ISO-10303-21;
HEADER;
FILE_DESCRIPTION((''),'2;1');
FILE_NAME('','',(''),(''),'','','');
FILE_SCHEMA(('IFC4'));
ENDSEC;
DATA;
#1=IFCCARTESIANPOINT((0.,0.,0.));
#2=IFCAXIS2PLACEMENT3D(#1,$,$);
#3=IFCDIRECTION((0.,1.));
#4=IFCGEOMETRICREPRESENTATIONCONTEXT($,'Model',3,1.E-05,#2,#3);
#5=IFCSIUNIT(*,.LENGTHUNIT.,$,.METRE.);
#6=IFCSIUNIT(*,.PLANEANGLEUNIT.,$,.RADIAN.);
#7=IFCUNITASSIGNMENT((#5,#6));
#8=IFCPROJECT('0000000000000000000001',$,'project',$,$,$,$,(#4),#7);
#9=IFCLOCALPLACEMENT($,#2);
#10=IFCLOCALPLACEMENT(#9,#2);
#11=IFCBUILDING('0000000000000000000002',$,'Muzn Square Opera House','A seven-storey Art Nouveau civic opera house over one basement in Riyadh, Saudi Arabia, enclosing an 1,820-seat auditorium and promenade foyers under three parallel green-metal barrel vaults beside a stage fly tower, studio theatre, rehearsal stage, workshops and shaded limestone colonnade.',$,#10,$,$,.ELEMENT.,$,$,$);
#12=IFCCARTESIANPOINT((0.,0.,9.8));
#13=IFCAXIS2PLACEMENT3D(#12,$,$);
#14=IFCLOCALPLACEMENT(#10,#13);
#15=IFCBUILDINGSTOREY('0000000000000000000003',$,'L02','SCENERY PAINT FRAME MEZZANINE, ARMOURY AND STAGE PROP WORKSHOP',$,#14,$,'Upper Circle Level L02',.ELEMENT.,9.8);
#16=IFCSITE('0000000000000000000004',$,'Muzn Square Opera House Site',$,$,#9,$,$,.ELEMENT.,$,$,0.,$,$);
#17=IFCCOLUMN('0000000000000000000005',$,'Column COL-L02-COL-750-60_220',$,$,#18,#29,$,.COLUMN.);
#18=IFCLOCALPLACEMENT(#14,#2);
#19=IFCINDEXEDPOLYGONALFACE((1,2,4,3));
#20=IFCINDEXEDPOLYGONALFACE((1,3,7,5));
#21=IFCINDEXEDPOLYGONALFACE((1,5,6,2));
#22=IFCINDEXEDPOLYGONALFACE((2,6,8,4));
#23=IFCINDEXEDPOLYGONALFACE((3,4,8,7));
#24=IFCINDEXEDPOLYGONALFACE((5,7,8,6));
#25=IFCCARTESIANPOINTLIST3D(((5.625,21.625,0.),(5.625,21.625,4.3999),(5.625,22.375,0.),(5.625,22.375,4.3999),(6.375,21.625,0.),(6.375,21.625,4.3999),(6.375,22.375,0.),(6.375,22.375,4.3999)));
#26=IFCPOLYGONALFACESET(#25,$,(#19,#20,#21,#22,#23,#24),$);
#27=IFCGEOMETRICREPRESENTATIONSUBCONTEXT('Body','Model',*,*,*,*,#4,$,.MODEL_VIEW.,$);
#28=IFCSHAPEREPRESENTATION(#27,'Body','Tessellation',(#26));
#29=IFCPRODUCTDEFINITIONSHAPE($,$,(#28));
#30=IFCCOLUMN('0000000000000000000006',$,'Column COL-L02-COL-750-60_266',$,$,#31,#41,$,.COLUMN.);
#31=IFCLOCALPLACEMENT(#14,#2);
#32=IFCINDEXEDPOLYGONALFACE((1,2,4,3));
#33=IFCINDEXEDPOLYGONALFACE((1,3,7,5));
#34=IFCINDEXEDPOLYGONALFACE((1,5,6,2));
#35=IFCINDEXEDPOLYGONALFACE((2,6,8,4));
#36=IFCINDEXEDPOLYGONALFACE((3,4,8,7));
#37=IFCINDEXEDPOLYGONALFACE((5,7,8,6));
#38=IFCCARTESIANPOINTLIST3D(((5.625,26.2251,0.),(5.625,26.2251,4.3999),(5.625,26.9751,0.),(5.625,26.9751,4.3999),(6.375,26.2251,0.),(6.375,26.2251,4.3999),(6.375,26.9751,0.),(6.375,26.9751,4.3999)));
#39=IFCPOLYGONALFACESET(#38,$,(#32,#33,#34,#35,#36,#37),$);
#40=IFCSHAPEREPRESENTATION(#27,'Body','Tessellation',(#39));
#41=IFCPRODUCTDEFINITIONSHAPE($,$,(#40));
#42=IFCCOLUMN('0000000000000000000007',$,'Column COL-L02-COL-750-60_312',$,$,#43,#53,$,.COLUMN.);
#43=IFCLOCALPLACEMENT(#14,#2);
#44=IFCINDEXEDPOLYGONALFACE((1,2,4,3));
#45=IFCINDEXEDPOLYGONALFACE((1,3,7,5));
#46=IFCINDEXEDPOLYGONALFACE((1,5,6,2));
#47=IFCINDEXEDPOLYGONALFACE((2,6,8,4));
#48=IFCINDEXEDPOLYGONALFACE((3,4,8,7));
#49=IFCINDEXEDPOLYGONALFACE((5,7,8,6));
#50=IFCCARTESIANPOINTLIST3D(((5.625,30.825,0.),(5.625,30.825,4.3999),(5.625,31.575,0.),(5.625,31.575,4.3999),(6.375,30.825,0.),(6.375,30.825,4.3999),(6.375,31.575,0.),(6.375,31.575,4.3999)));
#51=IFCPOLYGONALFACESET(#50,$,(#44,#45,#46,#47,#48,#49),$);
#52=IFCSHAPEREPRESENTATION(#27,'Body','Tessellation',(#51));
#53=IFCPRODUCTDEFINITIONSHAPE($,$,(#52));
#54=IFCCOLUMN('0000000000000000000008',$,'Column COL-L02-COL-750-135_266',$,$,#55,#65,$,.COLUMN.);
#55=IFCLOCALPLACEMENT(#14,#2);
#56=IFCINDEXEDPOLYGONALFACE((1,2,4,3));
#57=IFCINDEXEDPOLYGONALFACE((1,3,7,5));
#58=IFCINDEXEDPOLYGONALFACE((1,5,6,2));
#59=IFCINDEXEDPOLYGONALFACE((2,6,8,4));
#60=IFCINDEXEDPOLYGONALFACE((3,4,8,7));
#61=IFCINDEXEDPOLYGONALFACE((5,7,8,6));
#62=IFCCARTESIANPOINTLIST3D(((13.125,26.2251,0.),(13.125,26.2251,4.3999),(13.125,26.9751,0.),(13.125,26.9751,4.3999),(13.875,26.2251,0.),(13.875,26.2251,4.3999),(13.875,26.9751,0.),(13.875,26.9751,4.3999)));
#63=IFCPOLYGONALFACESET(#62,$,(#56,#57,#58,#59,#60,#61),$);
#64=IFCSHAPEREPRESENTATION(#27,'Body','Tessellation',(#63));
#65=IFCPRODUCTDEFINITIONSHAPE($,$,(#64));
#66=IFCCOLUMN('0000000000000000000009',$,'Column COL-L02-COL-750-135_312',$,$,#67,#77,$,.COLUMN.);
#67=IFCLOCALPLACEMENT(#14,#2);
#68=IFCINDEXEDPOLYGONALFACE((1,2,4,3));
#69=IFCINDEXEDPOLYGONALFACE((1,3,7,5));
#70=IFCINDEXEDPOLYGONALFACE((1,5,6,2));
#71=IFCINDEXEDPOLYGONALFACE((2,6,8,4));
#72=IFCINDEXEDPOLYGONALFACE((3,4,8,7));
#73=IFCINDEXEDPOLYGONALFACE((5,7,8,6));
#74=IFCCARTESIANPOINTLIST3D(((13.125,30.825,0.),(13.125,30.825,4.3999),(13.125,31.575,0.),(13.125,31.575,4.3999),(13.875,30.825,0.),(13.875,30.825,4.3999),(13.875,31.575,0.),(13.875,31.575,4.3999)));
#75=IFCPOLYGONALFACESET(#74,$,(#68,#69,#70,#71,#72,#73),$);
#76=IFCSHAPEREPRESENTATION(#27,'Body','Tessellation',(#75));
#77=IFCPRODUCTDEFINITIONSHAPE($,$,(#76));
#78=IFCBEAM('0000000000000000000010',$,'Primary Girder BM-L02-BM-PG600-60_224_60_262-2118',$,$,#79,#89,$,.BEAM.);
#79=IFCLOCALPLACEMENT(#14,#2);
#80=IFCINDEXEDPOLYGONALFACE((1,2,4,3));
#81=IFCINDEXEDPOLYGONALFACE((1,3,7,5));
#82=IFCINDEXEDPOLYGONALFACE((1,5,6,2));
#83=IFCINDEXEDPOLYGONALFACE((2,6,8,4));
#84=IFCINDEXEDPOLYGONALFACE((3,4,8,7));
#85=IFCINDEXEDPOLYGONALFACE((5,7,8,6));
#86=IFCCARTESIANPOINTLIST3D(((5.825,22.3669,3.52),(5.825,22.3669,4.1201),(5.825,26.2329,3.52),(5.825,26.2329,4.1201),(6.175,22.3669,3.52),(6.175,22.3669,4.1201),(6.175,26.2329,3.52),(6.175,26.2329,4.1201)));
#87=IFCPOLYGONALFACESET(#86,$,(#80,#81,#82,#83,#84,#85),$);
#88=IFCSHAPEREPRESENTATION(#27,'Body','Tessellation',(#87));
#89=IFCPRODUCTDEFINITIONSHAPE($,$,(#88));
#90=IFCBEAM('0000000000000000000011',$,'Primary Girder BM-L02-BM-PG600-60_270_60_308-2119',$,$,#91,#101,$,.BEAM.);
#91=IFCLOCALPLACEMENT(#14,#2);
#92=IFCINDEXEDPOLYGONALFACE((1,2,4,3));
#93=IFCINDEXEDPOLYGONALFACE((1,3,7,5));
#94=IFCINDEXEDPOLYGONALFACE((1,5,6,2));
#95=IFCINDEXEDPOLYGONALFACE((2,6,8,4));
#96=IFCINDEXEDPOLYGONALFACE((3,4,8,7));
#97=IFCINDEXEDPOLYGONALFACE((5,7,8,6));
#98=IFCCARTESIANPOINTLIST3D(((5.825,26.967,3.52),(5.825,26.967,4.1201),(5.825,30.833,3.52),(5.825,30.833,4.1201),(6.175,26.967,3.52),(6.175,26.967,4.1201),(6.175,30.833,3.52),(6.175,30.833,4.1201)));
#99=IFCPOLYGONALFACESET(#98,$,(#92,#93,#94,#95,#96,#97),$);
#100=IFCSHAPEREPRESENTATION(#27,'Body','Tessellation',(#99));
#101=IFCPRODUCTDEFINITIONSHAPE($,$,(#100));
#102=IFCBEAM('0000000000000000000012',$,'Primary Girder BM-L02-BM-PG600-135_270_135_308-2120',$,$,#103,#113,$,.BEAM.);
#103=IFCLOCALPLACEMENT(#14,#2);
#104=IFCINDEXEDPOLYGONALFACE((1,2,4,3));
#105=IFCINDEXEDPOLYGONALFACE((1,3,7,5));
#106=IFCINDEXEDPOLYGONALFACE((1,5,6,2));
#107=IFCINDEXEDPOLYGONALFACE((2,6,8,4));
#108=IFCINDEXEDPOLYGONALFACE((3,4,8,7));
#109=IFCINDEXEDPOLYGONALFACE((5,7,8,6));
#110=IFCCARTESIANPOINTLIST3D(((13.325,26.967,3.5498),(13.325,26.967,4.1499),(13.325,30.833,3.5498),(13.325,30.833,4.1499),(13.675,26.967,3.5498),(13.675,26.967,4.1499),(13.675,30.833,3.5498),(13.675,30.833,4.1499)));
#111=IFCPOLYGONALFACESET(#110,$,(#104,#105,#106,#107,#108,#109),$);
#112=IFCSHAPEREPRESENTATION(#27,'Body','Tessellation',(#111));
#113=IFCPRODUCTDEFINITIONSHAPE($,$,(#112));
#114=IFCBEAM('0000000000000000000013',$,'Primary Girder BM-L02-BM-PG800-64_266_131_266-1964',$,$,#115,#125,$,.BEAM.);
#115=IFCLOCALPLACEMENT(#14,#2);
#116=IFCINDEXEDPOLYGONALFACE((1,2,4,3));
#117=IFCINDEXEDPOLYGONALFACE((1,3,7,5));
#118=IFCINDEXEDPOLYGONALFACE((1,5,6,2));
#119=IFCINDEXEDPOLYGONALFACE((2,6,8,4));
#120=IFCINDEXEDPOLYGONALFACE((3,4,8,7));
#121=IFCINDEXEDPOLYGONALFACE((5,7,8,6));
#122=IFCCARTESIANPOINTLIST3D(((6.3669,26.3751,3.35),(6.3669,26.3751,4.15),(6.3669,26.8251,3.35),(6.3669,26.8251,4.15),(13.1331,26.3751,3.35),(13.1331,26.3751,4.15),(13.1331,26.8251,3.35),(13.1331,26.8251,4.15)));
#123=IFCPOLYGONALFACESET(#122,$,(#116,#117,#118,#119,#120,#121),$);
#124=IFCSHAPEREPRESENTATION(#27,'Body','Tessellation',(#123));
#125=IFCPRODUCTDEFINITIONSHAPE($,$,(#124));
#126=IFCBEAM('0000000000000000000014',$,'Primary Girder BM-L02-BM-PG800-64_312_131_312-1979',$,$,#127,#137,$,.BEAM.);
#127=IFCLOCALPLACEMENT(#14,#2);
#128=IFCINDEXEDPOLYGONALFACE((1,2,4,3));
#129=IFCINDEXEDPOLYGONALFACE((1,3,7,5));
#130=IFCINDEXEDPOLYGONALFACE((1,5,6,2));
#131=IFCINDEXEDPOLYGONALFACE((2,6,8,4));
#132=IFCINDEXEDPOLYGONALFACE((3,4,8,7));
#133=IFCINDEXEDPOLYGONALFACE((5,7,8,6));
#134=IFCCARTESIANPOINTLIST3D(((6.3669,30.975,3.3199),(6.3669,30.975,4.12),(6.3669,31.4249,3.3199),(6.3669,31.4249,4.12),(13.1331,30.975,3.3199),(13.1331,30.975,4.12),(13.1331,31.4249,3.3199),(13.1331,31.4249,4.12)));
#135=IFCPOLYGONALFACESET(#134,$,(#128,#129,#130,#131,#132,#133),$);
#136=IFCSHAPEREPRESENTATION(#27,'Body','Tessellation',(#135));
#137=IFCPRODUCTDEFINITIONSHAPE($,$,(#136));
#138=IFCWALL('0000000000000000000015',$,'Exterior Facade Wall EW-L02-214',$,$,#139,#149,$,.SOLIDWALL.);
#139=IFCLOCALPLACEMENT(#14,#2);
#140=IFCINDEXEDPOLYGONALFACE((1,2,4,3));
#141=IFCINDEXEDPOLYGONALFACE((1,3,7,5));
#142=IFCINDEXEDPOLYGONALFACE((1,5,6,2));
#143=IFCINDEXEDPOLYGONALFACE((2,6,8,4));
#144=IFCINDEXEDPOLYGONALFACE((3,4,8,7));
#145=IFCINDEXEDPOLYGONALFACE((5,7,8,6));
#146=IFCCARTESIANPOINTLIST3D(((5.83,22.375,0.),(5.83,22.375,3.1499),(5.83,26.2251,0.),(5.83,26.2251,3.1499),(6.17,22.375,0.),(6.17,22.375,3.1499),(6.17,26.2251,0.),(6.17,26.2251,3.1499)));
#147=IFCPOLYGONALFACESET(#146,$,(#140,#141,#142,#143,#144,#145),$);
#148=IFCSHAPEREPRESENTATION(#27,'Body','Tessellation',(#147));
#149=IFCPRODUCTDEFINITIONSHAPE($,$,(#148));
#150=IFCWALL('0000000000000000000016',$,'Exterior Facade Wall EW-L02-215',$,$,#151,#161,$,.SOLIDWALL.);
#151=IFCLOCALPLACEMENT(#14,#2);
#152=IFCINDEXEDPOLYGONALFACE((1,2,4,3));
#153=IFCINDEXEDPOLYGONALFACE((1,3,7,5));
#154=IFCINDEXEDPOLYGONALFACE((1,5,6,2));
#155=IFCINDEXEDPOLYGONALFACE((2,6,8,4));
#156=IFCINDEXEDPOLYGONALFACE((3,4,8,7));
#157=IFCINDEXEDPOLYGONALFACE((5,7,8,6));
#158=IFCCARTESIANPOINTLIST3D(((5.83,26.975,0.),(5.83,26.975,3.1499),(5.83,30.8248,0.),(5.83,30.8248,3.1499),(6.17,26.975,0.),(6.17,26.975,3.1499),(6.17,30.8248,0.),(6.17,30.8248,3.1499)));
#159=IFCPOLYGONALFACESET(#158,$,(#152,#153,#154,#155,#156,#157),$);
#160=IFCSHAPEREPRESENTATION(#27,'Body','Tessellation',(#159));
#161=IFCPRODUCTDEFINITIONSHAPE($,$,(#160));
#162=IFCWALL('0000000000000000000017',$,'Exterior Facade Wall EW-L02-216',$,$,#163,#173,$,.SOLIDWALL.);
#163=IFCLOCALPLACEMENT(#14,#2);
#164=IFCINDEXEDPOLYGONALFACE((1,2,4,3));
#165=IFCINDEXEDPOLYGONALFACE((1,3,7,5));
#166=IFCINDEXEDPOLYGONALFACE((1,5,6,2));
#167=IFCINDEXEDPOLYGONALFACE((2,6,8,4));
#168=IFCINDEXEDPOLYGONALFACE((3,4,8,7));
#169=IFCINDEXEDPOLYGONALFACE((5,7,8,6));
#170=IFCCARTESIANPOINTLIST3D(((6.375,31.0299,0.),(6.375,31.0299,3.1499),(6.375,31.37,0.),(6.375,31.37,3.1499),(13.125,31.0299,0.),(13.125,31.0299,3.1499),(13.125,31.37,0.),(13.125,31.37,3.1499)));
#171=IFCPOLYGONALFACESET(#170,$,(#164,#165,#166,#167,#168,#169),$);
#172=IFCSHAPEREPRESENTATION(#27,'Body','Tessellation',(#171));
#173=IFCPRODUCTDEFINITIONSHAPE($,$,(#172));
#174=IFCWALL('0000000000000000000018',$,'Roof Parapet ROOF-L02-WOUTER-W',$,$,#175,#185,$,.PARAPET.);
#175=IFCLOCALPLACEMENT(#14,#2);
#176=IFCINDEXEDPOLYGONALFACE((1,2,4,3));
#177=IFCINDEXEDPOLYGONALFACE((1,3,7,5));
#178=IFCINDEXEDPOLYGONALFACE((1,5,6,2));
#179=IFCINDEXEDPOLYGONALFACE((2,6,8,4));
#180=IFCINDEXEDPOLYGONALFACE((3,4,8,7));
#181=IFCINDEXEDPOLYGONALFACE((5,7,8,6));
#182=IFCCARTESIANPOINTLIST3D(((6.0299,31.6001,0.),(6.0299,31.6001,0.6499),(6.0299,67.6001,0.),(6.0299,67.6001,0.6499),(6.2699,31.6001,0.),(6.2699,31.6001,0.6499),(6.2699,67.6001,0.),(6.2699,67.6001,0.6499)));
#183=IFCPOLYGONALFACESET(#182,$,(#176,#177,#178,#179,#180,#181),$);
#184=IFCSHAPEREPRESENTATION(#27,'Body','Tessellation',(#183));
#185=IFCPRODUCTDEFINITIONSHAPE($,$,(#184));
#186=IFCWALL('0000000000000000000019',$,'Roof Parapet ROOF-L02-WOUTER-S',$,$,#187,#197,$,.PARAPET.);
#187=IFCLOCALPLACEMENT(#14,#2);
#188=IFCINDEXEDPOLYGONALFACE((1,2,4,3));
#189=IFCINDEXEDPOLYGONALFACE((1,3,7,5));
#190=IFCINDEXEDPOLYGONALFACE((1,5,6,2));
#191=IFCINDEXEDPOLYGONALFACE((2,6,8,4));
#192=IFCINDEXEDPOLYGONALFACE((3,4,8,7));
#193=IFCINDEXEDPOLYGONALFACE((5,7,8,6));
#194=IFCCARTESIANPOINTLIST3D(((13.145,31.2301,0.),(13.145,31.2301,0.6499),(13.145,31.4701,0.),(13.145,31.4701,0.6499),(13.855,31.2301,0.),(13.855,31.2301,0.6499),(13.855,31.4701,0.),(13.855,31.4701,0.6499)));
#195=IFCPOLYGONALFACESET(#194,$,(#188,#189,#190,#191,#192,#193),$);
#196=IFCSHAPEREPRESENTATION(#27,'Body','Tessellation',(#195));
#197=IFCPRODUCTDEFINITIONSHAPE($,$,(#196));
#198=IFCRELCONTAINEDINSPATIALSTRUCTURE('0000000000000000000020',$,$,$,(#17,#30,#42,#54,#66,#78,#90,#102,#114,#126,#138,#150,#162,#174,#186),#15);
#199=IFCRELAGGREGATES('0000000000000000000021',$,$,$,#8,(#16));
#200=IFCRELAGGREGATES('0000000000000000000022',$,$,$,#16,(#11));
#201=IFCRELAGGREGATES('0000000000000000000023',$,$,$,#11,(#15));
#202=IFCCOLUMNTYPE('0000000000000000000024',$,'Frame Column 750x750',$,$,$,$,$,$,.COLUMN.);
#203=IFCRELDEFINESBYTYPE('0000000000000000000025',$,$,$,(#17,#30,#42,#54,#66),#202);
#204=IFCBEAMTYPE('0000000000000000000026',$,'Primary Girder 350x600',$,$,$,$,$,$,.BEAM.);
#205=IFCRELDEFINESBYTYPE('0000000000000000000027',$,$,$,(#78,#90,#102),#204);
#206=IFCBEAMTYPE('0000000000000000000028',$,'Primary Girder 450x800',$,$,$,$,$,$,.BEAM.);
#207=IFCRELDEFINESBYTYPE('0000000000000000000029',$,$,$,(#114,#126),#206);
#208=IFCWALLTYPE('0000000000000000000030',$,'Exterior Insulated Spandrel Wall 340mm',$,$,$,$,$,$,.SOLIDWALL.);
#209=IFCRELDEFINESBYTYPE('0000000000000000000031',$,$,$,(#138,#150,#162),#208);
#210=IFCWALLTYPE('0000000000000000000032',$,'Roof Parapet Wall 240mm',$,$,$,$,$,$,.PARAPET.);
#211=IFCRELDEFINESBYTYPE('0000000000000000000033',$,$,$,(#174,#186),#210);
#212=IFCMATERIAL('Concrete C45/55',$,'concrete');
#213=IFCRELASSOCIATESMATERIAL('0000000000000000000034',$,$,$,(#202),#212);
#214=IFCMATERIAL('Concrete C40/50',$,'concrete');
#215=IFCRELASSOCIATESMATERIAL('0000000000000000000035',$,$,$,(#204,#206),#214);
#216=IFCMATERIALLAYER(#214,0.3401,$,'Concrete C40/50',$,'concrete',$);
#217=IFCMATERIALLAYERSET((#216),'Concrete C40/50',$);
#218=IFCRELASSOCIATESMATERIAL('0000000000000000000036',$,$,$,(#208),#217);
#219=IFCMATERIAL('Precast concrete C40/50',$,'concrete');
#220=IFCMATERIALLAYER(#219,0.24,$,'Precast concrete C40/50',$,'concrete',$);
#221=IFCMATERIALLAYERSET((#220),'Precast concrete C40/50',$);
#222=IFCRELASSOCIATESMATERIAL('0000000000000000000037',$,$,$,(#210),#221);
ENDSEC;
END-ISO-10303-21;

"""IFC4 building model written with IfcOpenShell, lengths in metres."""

from ifc_helpers import new_model, si_unit, direction, frame, frame_2d, origin, origin_2d, place, context, subcontext, project, spatial, rectangle, extrude, material, layer, layer_set, material_profile, profile_set, type_object, element, save


model = new_model("IFC4")

# Units and contexts
model_context = context("Model", 3, precision=1e-05, world=origin(), true_north=direction((0.0, 1.0)))
body_context = subcontext(model_context, "Body", "Model", "MODEL_VIEW")
ifc_project = project(units=[si_unit("LENGTHUNIT", "METRE"), si_unit("PLANEANGLEUNIT", "RADIAN")], contexts=[model_context])

# Site, building, storey
site_placement = place(None, origin())
site = spatial("IfcSite", under=ifc_project, at=site_placement, Name="Muzn Square Opera House Site", CompositionType="ELEMENT", RefElevation=0.0)
building_placement = place(site_placement, origin())
building = spatial("IfcBuilding", under=site, at=building_placement, Name="Muzn Square Opera House", Description="A seven-storey Art Nouveau civic opera house over one basement in Riyadh, Saudi Arabia, enclosing an 1,820-seat auditorium and promenade foyers under three parallel green-metal barrel vaults beside a stage fly tower, studio theatre, rehearsal stage, workshops and shaded limestone colonnade.", CompositionType="ELEMENT")
storey_placement = place(building_placement, frame((0.0, 0.0, 9.8)))
storey = spatial("IfcBuildingStorey", under=building, at=storey_placement, Name="L02", Description="SCENERY PAINT FRAME MEZZANINE, ARMOURY AND STAGE PROP WORKSHOP", LongName="Upper Circle Level L02", CompositionType="ELEMENT", Elevation=9.8)

# Columns
ifc_material_1 = material(Name="Concrete C45/55", Category="concrete")
ifc_material_profile_1 = material_profile(ifc_material_1, rectangle(XDim=0.75, YDim=0.75, at=origin_2d()), Name="RC 750x750", Category="concrete")
ifc_profile_set_1 = profile_set([ifc_material_profile_1], Name="Concrete C45/55")
column_type = type_object("IfcColumnType", Name="Frame Column 750x750", PredefinedType="COLUMN", material=ifc_profile_set_1)
for number, where, z_axis, x_axis, name in (
    (1, (6.0, 22.0, 0.0), (0.0, 0.0, 1.0), (1.0, 0.0, 0.0), "Column COL-L02-COL-750-60_220"),
    (2, (6.0, 26.6001, 0.0), (0.0, 0.0, 1.0), (1.0, 0.0, 0.0), "Column COL-L02-COL-750-60_266"),
    (3, (6.0, 31.2, 0.0), (0.0, 0.0, 1.0), (1.0, 0.0, 0.0), "Column COL-L02-COL-750-60_312"),
    (4, (13.5, 26.6001, 0.0), (0.0, 0.0, 1.0), (1.0, 0.0, 0.0), "Column COL-L02-COL-750-135_266"),
    (5, (13.5, 31.2, 0.0), (0.0, 0.0, 1.0), (1.0, 0.0, 0.0), "Column COL-L02-COL-750-135_312"),
):
    element("IfcColumn", number, at=place(storey_placement, frame(where, z_axis=z_axis, x_axis=x_axis)), inside=storey, type_object=column_type, Name=name, PredefinedType="COLUMN", context=body_context, shape_type="SweptSolid", body=[
        extrude(rectangle(XDim=0.75, YDim=0.75, at=origin_2d()), origin(), (0.0, 0.0, 1.0), 4.3999),
    ])

# Beams
ifc_material_2 = material(Name="Concrete C40/50", Category="concrete")
ifc_material_profile_2 = material_profile(ifc_material_2, rectangle(XDim=0.3501, YDim=0.6001, at=origin_2d()), Name="RCB 350x600", Category="concrete")
ifc_profile_set_2 = profile_set([ifc_material_profile_2], Name="Concrete C40/50")
beam_type_1 = type_object("IfcBeamType", Name="Primary Girder 350x600", PredefinedType="BEAM", material=ifc_profile_set_2)
for number, where, z_axis, x_axis, name in (
    (6, (6.0, 22.3669, 3.8201), (0.0, 1.0, 0.0), (-1.0, 0.0, 0.0), "Primary Girder BM-L02-BM-PG600-60_224_60_262-2118"),
    (7, (6.0, 26.967, 3.8201), (0.0, 1.0, 0.0), (-1.0, 0.0, 0.0), "Primary Girder BM-L02-BM-PG600-60_270_60_308-2119"),
    (8, (13.5, 26.967, 3.8499), (0.0, 1.0, 0.0), (-1.0, 0.0, 0.0), "Primary Girder BM-L02-BM-PG600-135_270_135_308-2120"),
):
    element("IfcBeam", number, at=place(storey_placement, frame(where, z_axis=z_axis, x_axis=x_axis)), inside=storey, type_object=beam_type_1, Name=name, PredefinedType="BEAM", context=body_context, shape_type="SweptSolid", body=[
        extrude(rectangle(XDim=0.3501, YDim=0.6001, at=origin_2d()), origin(), (0.0, 0.0, 1.0), 3.866),
    ])
ifc_material_profile_3 = material_profile(ifc_material_2, rectangle(XDim=0.45, YDim=0.8, at=origin_2d()), Name="RCB 450x800", Category="concrete")
ifc_profile_set_3 = profile_set([ifc_material_profile_3], Name="Concrete C40/50")
beam_type_2 = type_object("IfcBeamType", Name="Primary Girder 450x800", PredefinedType="BEAM", material=ifc_profile_set_3)
for number, where, z_axis, x_axis, name in (
    (9, (6.3669, 26.6001, 3.75), (1.0, 0.0, 0.0), (0.0, 1.0, 0.0), "Primary Girder BM-L02-BM-PG800-64_266_131_266-1964"),
    (10, (6.3669, 31.2, 3.72), (1.0, 0.0, 0.0), (0.0, 1.0, 0.0), "Primary Girder BM-L02-BM-PG800-64_312_131_312-1979"),
):
    element("IfcBeam", number, at=place(storey_placement, frame(where, z_axis=z_axis, x_axis=x_axis)), inside=storey, type_object=beam_type_2, Name=name, PredefinedType="BEAM", context=body_context, shape_type="SweptSolid", body=[
        extrude(rectangle(XDim=0.45, YDim=0.8, at=origin_2d()), origin(), (0.0, 0.0, 1.0), 6.7661),
    ])

# Walls
ifc_layer_1 = layer(ifc_material_2, 0.3401, Name="Concrete C40/50", Category="concrete")
ifc_layer_set_1 = layer_set([ifc_layer_1], Name="Concrete C40/50")
wall_type_1 = type_object("IfcWallType", Name="Exterior Insulated Spandrel Wall 340mm", PredefinedType="SOLIDWALL", material=ifc_layer_set_1)
wall_1_placement = place(storey_placement, frame((6.0, 22.375, 0.0), z_axis=(0.0, 0.0, 1.0), x_axis=(0.0, 1.0, 0.0)))
element("IfcWall", 11, at=wall_1_placement, inside=storey, type_object=wall_type_1, Name="Exterior Facade Wall EW-L02-214", PredefinedType="SOLIDWALL", context=body_context, shape_type="SweptSolid", body=[
    extrude(rectangle(XDim=3.8501, YDim=0.3401, at=frame_2d((1.925, 0.0))), origin(), (0.0, 0.0, 1.0), 3.1499),
])
wall_2_placement = place(storey_placement, frame((6.0, 26.9751, 0.0), z_axis=(0.0, 0.0, 1.0), x_axis=(0.0, 1.0, 0.0)))
element("IfcWall", 12, at=wall_2_placement, inside=storey, type_object=wall_type_1, Name="Exterior Facade Wall EW-L02-215", PredefinedType="SOLIDWALL", context=body_context, shape_type="SweptSolid", body=[
    extrude(rectangle(XDim=3.8499, YDim=0.3401, at=frame_2d((1.9248, 0.0))), origin(), (0.0, 0.0, 1.0), 3.1499),
])
wall_3_placement = place(storey_placement, frame((6.375, 31.2, 0.0), z_axis=(0.0, 0.0, 1.0), x_axis=(1.0, 0.0, 0.0)))
element("IfcWall", 13, at=wall_3_placement, inside=storey, type_object=wall_type_1, Name="Exterior Facade Wall EW-L02-216", PredefinedType="SOLIDWALL", context=body_context, shape_type="SweptSolid", body=[
    extrude(rectangle(XDim=6.75, YDim=0.3401, at=frame_2d((3.375, 0.0))), origin(), (0.0, 0.0, 1.0), 3.1499),
])
ifc_material_3 = material(Name="Precast concrete C40/50", Category="concrete")
ifc_layer_2 = layer(ifc_material_3, 0.24, Name="Precast concrete C40/50", Category="concrete")
ifc_layer_set_2 = layer_set([ifc_layer_2], Name="Precast concrete C40/50")
wall_type_2 = type_object("IfcWallType", Name="Roof Parapet Wall 240mm", PredefinedType="PARAPET", material=ifc_layer_set_2)
wall_4_placement = place(storey_placement, frame((6.1499, 31.6001, 0.0), z_axis=(0.0, 0.0, 1.0), x_axis=(0.0, 1.0, 0.0)))
element("IfcWall", 14, at=wall_4_placement, inside=storey, type_object=wall_type_2, Name="Roof Parapet ROOF-L02-WOUTER-W", PredefinedType="PARAPET", context=body_context, shape_type="SweptSolid", body=[
    extrude(rectangle(XDim=36.0, YDim=0.24, at=frame_2d((18.0, 0.0))), origin(), (0.0, 0.0, 1.0), 0.6499),
])
wall_5_placement = place(storey_placement, frame((13.145, 31.3501, 0.0), z_axis=(0.0, 0.0, 1.0), x_axis=(1.0, 0.0, 0.0)))
element("IfcWall", 15, at=wall_5_placement, inside=storey, type_object=wall_type_2, Name="Roof Parapet ROOF-L02-WOUTER-S", PredefinedType="PARAPET", context=body_context, shape_type="SweptSolid", body=[
    extrude(rectangle(XDim=0.71, YDim=0.24, at=frame_2d((0.355, 0.0))), origin(), (0.0, 0.0, 1.0), 0.6499),
])

save(model, "model.ifc")
